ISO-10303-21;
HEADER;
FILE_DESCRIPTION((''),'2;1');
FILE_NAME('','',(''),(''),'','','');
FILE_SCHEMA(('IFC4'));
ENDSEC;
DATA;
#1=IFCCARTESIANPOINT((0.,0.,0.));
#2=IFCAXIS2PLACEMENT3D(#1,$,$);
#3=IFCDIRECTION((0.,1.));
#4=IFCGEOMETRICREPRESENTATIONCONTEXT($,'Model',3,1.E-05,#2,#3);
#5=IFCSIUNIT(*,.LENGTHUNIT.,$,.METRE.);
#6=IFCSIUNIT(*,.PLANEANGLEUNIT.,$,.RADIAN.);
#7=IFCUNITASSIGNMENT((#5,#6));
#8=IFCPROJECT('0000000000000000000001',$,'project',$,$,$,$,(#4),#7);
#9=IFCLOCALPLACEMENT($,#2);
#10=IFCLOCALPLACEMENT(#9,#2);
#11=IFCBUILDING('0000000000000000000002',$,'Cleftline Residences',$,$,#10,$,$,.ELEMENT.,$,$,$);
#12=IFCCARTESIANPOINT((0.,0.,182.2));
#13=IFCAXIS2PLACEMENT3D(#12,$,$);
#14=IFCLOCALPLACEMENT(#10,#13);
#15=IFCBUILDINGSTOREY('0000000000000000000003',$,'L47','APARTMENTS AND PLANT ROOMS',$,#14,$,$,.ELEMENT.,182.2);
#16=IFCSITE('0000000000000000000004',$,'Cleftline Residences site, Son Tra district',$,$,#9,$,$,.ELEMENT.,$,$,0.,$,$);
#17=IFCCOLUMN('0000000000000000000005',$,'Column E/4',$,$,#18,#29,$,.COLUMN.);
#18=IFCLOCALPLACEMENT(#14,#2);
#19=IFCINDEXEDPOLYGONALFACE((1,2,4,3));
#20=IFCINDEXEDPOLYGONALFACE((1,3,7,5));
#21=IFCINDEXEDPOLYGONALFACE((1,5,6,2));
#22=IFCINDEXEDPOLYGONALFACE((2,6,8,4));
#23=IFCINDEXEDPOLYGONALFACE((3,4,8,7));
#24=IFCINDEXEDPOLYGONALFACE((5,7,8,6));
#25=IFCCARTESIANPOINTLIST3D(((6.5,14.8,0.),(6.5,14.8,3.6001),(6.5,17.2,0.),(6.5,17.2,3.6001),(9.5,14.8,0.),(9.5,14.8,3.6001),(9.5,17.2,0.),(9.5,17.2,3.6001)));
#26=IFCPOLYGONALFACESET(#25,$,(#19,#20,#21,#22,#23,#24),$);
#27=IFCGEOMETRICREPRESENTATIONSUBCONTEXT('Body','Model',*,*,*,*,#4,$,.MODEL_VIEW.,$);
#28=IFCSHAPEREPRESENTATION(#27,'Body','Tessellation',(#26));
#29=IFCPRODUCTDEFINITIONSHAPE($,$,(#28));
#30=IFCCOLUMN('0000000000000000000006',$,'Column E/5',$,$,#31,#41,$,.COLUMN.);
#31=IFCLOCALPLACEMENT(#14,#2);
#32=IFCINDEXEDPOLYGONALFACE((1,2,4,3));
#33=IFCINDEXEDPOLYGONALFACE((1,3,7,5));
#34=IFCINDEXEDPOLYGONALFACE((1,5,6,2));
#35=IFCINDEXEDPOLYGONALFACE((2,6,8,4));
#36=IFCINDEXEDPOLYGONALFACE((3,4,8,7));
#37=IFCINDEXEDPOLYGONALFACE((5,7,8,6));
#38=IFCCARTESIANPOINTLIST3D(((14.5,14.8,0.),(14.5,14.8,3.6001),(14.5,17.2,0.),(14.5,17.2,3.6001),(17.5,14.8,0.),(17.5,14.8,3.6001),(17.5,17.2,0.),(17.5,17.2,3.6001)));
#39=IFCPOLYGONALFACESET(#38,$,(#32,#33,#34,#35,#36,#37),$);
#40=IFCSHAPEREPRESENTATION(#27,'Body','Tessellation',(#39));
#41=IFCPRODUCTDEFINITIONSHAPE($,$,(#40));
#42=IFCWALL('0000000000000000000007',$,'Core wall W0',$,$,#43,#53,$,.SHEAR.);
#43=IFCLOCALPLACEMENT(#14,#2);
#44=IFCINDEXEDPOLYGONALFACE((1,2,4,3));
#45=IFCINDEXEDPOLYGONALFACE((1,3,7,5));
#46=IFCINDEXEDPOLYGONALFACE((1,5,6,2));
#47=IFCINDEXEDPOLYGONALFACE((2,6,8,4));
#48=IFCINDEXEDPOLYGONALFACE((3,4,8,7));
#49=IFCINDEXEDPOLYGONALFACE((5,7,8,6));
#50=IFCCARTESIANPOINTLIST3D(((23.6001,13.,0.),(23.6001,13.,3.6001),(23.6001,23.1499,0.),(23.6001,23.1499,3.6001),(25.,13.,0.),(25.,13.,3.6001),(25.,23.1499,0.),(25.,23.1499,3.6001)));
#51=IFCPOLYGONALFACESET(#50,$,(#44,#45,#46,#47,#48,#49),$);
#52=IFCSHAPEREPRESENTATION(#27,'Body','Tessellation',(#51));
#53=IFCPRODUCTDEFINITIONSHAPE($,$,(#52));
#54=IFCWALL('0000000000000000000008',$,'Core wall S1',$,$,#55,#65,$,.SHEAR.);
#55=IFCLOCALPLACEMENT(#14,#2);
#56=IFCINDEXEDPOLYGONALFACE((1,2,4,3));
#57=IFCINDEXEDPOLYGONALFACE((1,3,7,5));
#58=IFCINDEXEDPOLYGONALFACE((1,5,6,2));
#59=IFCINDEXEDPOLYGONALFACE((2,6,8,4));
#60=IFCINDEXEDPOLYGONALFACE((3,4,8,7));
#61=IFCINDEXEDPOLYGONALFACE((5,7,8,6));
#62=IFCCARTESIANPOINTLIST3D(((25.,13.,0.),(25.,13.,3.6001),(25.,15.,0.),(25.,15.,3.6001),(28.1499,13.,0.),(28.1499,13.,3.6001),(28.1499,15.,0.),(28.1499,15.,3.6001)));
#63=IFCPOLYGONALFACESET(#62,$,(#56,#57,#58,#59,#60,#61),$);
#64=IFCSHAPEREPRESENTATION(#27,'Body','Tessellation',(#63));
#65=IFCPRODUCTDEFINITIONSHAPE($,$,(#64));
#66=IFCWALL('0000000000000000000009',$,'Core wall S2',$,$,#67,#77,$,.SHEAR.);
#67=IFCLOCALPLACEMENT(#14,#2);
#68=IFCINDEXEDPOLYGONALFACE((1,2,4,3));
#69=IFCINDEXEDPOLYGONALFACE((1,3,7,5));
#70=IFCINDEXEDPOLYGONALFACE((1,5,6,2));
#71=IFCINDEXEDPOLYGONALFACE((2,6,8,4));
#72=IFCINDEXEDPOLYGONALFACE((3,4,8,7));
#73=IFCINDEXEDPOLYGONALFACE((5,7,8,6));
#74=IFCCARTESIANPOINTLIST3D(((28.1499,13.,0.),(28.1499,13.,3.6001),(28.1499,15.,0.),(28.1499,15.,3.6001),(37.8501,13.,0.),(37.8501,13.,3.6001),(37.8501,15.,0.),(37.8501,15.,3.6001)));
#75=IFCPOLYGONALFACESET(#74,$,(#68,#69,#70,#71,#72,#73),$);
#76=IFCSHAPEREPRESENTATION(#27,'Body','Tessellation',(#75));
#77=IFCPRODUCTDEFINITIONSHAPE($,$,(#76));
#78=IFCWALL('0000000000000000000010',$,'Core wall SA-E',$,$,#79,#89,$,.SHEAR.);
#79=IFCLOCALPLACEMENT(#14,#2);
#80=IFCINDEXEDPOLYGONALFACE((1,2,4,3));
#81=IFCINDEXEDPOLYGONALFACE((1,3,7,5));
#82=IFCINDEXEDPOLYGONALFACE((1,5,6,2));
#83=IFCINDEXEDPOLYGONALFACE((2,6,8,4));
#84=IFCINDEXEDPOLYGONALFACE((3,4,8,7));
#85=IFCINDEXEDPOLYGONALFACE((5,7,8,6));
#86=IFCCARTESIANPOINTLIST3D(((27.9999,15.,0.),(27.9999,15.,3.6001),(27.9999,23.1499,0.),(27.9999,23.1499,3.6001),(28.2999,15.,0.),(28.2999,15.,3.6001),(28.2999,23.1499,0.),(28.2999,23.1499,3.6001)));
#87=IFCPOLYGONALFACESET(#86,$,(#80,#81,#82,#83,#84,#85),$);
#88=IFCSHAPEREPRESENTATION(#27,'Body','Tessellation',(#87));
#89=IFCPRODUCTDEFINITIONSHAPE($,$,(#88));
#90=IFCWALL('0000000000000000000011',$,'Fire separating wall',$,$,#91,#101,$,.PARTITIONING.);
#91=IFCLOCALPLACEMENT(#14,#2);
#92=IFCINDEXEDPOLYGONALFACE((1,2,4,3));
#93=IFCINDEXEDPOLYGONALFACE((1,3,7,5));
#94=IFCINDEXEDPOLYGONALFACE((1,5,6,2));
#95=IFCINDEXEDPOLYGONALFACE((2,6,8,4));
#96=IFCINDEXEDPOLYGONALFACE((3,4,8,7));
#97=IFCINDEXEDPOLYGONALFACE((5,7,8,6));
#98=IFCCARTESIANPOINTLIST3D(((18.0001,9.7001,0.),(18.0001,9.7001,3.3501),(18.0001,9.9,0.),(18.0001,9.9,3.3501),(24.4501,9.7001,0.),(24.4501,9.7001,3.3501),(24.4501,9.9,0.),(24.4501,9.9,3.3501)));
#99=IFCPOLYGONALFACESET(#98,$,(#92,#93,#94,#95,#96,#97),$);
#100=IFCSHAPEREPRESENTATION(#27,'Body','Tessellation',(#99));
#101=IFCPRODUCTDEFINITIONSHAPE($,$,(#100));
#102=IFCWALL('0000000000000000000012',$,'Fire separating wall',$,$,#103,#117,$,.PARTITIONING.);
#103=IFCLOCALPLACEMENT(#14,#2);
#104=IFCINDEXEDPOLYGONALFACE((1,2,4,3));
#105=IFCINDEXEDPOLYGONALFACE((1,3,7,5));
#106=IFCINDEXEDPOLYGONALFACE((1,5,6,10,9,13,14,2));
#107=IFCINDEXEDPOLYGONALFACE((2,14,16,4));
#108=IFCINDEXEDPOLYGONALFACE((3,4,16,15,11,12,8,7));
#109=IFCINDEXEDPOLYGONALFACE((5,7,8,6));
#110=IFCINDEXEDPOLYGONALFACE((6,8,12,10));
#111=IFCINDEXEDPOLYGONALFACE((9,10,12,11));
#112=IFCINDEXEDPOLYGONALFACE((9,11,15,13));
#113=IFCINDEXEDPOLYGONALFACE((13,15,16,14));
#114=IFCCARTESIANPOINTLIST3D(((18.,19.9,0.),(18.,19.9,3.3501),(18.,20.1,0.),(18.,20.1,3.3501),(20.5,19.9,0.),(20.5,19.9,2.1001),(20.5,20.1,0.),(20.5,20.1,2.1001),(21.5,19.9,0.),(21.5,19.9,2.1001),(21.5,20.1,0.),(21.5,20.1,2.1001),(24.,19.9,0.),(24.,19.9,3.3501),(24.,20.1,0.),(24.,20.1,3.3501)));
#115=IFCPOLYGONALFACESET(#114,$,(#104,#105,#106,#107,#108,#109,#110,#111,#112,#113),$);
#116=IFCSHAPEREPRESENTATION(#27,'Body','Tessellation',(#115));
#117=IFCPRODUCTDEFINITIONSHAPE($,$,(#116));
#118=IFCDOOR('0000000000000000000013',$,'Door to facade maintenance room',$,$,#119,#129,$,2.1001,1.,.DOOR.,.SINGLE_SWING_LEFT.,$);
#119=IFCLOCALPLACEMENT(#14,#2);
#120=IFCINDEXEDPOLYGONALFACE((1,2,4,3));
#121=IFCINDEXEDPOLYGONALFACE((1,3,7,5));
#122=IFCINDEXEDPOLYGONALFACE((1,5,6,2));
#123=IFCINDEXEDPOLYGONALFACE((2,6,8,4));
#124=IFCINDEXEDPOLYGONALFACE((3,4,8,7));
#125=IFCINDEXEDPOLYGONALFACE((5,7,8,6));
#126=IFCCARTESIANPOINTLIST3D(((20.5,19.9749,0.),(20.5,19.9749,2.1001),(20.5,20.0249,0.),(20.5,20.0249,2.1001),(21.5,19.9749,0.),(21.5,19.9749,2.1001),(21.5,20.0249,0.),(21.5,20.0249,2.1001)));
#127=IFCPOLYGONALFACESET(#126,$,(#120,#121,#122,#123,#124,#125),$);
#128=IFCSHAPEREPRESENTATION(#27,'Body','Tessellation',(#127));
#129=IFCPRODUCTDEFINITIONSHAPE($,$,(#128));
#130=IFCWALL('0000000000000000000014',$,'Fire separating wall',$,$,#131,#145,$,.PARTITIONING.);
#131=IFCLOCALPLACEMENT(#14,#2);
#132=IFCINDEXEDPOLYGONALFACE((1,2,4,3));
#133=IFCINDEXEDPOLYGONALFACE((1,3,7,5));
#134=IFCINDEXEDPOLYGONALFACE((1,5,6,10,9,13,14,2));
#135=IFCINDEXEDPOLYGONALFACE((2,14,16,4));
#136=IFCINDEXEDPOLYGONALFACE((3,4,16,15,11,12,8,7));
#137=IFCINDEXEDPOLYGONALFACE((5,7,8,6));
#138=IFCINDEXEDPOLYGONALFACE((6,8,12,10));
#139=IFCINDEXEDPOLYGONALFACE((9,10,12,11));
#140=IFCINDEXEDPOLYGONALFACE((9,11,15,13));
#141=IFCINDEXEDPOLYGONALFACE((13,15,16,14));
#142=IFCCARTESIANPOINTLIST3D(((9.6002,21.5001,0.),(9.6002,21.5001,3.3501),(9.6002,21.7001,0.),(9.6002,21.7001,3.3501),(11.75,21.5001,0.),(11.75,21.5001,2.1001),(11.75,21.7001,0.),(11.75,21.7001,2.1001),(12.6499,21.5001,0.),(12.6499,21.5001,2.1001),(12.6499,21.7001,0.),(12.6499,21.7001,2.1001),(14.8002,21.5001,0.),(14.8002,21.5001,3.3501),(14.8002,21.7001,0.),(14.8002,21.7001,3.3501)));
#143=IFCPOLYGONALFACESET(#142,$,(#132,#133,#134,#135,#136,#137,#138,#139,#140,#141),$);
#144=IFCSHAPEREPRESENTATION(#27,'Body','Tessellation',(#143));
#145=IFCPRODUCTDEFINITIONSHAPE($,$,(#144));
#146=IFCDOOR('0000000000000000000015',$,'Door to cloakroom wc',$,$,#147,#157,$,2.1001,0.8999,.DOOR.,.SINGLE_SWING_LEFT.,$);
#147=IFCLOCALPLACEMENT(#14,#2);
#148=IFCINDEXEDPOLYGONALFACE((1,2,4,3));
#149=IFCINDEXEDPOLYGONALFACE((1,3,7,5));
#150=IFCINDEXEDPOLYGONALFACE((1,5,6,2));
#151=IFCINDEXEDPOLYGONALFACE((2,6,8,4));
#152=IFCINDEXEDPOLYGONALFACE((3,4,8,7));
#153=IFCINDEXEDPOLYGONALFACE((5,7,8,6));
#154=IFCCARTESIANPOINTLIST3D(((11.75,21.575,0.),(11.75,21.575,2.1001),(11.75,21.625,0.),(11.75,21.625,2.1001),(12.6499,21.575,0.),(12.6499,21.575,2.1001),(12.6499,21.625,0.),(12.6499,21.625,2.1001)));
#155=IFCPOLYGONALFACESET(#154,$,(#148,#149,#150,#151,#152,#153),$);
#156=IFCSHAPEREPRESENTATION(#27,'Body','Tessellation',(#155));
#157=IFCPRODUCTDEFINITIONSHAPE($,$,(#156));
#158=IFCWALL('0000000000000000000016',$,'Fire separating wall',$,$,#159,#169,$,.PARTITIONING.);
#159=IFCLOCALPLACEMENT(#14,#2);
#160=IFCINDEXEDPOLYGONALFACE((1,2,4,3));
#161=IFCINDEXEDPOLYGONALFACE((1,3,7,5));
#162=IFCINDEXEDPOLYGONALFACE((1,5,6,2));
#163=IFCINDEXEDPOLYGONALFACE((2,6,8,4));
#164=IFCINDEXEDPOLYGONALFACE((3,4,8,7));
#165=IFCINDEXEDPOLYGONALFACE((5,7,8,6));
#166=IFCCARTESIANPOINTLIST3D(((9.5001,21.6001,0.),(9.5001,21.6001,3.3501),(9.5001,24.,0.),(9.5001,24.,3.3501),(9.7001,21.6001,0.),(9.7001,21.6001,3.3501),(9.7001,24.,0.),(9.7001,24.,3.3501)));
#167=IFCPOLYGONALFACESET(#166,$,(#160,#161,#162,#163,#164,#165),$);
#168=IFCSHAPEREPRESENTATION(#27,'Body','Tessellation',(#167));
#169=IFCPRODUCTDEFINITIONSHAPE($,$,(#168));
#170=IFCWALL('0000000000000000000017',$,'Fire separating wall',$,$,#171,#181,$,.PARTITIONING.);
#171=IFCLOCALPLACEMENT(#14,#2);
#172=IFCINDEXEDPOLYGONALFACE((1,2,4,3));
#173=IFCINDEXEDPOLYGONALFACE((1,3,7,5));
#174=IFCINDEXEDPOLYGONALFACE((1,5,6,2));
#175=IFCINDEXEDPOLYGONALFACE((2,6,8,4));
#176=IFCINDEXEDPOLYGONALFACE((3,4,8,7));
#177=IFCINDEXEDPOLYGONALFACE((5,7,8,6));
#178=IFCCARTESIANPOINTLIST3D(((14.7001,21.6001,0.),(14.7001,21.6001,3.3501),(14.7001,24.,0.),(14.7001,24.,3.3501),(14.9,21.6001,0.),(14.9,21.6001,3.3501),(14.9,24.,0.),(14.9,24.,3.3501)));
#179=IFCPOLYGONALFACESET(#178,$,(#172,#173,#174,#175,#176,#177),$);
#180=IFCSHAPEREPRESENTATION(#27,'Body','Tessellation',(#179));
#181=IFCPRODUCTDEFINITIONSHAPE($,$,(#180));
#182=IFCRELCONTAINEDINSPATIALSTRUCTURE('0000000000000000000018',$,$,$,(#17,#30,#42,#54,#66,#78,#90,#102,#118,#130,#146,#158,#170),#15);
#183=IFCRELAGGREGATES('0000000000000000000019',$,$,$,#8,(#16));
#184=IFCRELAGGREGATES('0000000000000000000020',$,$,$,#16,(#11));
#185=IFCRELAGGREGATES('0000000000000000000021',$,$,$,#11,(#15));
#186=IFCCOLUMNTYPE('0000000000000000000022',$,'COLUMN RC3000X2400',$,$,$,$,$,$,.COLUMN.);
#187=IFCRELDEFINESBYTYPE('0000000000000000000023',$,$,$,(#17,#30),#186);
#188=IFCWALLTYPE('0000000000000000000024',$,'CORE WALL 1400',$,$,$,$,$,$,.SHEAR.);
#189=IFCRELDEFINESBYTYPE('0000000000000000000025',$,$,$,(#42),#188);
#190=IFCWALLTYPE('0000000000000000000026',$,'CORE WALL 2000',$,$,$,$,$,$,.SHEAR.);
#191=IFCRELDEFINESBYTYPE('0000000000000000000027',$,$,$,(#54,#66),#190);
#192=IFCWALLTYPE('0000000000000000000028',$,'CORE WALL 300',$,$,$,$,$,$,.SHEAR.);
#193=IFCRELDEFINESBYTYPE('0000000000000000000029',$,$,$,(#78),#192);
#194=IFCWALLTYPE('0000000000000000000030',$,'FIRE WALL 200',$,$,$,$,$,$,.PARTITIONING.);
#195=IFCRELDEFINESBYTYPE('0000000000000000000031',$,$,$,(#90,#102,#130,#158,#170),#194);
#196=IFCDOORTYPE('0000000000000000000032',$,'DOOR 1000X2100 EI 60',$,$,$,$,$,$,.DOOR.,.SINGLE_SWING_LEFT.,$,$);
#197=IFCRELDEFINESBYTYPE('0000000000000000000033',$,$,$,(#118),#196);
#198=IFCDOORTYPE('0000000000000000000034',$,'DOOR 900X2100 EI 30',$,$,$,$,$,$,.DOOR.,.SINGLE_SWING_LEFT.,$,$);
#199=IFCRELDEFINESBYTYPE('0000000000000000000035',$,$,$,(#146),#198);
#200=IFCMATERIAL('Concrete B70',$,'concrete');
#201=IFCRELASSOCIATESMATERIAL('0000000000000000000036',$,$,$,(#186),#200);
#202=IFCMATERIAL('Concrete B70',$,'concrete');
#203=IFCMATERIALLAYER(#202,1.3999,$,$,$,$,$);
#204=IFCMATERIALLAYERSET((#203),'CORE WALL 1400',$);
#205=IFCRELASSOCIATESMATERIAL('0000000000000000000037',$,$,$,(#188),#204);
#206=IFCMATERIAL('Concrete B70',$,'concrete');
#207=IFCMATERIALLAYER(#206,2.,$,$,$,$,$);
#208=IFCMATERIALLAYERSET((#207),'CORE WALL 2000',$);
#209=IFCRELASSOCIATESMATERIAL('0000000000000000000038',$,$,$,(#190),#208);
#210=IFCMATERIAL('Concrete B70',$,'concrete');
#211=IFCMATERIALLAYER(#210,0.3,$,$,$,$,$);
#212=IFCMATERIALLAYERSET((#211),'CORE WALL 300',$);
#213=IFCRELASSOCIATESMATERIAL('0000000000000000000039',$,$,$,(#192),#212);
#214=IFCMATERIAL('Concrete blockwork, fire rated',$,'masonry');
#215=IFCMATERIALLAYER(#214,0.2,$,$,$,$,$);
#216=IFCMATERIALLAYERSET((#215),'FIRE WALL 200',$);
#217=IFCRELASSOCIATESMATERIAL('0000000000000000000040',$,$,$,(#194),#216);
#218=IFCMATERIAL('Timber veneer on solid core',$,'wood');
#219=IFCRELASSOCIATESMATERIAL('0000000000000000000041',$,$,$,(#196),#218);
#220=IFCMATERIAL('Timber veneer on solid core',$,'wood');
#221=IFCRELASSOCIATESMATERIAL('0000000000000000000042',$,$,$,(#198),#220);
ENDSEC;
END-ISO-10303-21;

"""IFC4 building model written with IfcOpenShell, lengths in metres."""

from ifc_helpers import new_model, si_unit, direction, frame, frame_2d, origin, origin_2d, place, context, subcontext, project, spatial, rectangle, extrude, material, layer, layer_set, material_profile, profile_set, type_object, element, fill, save


model = new_model("IFC4")

# Units and contexts
model_context = context("Model", 3, precision=1e-05, world=origin(), true_north=direction((0.0, 1.0)))
body_context = subcontext(model_context, "Body", "Model", "MODEL_VIEW")
ifc_project = project(units=[si_unit("LENGTHUNIT", "METRE"), si_unit("PLANEANGLEUNIT", "RADIAN")], contexts=[model_context])

# Site, building, storey
site_placement = place(None, origin())
site = spatial("IfcSite", under=ifc_project, at=site_placement, Name="Cleftline Residences site, Son Tra district", CompositionType="ELEMENT", RefElevation=0.0)
building_placement = place(site_placement, origin())
building = spatial("IfcBuilding", under=site, at=building_placement, Name="Cleftline Residences", CompositionType="ELEMENT")
storey_placement = place(building_placement, frame((0.0, 0.0, 182.2)))
storey = spatial("IfcBuildingStorey", under=building, at=storey_placement, Name="L47", Description="APARTMENTS AND PLANT ROOMS", CompositionType="ELEMENT", Elevation=182.2)

# Columns
ifc_material_1 = material(Name="Concrete B70", Category="concrete")
ifc_material_profile = material_profile(ifc_material_1, rectangle(XDim=3.0, YDim=2.3999, at=origin_2d()))
ifc_profile_set = profile_set([ifc_material_profile], Name="Concrete B70")
column_type = type_object("IfcColumnType", Name="COLUMN RC3000X2400", PredefinedType="COLUMN", material=ifc_profile_set)
for number, where, z_axis, x_axis, name in (
    (1, (8.0, 16.0, 0.0), (0.0, 0.0, 1.0), (1.0, 0.0, 0.0), "Column E/4"),
    (2, (16.0, 16.0, 0.0), (0.0, 0.0, 1.0), (1.0, 0.0, 0.0), "Column E/5"),
):
    element("IfcColumn", number, at=place(storey_placement, frame(where, z_axis=z_axis, x_axis=x_axis)), inside=storey, type_object=column_type, Name=name, PredefinedType="COLUMN", context=body_context, shape_type="SweptSolid", body=[
        extrude(rectangle(XDim=3.0, YDim=2.3999, at=origin_2d()), origin(), (0.0, 0.0, 1.0), 3.6001),
    ])

# Walls
ifc_material_2 = material(Name="Concrete B70", Category="concrete")
ifc_layer_1 = layer(ifc_material_2, 1.3999)
ifc_layer_set_1 = layer_set([ifc_layer_1], Name="CORE WALL 1400")
wall_type_1 = type_object("IfcWallType", Name="CORE WALL 1400", PredefinedType="SHEAR", material=ifc_layer_set_1)
wall_1_placement = place(storey_placement, frame((24.3, 13.0, 0.0), z_axis=(0.0, 0.0, 1.0), x_axis=(0.0, 1.0, 0.0)))
element("IfcWall", 3, at=wall_1_placement, inside=storey, type_object=wall_type_1, Name="Core wall W0", PredefinedType="SHEAR", context=body_context, shape_type="SweptSolid", body=[
    extrude(rectangle(XDim=10.1499, YDim=1.3999, at=frame_2d((5.075, 0.0))), origin(), (0.0, 0.0, 1.0), 3.6001),
])
ifc_material_3 = material(Name="Concrete B70", Category="concrete")
ifc_layer_2 = layer(ifc_material_3, 2.0)
ifc_layer_set_2 = layer_set([ifc_layer_2], Name="CORE WALL 2000")
wall_type_2 = type_object("IfcWallType", Name="CORE WALL 2000", PredefinedType="SHEAR", material=ifc_layer_set_2)
wall_2_placement = place(storey_placement, frame((25.0, 14.0, 0.0), z_axis=(0.0, 0.0, 1.0), x_axis=(1.0, 0.0, 0.0)))
element("IfcWall", 4, at=wall_2_placement, inside=storey, type_object=wall_type_2, Name="Core wall S1", PredefinedType="SHEAR", context=body_context, shape_type="SweptSolid", body=[
    extrude(rectangle(XDim=3.1499, YDim=2.0, at=frame_2d((1.575, 0.0))), origin(), (0.0, 0.0, 1.0), 3.6001),
])
wall_3_placement = place(storey_placement, frame((28.1499, 14.0, 0.0), z_axis=(0.0, 0.0, 1.0), x_axis=(1.0, 0.0, 0.0)))
element("IfcWall", 5, at=wall_3_placement, inside=storey, type_object=wall_type_2, Name="Core wall S2", PredefinedType="SHEAR", context=body_context, shape_type="SweptSolid", body=[
    extrude(rectangle(XDim=9.7002, YDim=2.0, at=frame_2d((4.8501, 0.0))), origin(), (0.0, 0.0, 1.0), 3.6001),
])
ifc_material_4 = material(Name="Concrete B70", Category="concrete")
ifc_layer_3 = layer(ifc_material_4, 0.3)
ifc_layer_set_3 = layer_set([ifc_layer_3], Name="CORE WALL 300")
wall_type_3 = type_object("IfcWallType", Name="CORE WALL 300", PredefinedType="SHEAR", material=ifc_layer_set_3)
wall_4_placement = place(storey_placement, frame((28.1499, 15.0, 0.0), z_axis=(0.0, 0.0, 1.0), x_axis=(0.0, 1.0, 0.0)))
element("IfcWall", 6, at=wall_4_placement, inside=storey, type_object=wall_type_3, Name="Core wall SA-E", PredefinedType="SHEAR", context=body_context, shape_type="SweptSolid", body=[
    extrude(rectangle(XDim=8.1499, YDim=0.3, at=frame_2d((4.075, 0.0))), origin(), (0.0, 0.0, 1.0), 3.6001),
])
ifc_material_5 = material(Name="Concrete blockwork, fire rated", Category="masonry")
ifc_layer_4 = layer(ifc_material_5, 0.2)
ifc_layer_set_4 = layer_set([ifc_layer_4], Name="FIRE WALL 200")
wall_type_4 = type_object("IfcWallType", Name="FIRE WALL 200", PredefinedType="PARTITIONING", material=ifc_layer_set_4)
wall_5_placement = place(storey_placement, frame((18.0, 9.8, 0.0), z_axis=(0.0, 0.0, 1.0), x_axis=(1.0, 0.0, 0.0)))
element("IfcWall", 7, at=wall_5_placement, inside=storey, type_object=wall_type_4, Name="Fire separating wall", PredefinedType="PARTITIONING", context=body_context, shape_type="SweptSolid", body=[
    extrude(rectangle(XDim=6.45, YDim=0.2, at=frame_2d((3.2251, 0.0))), origin(), (0.0, 0.0, 1.0), 3.3501),
])

# Walls, openings, doors
wall_6_placement = place(storey_placement, frame((18.0, 20.0, 0.0), z_axis=(0.0, 0.0, 1.0), x_axis=(1.0, 0.0, 0.0)))
wall_6 = element("IfcWall", 8, at=wall_6_placement, inside=storey, type_object=wall_type_4, Name="Fire separating wall", PredefinedType="PARTITIONING", context=body_context, shape_type="SweptSolid", body=[
    extrude(rectangle(XDim=6.0, YDim=0.2, at=frame_2d((3.0, 0.0))), origin(), (0.0, 0.0, 1.0), 3.3501),
])
opening_1_placement = place(wall_6_placement, frame((2.5, 0.0, 0.0)))
opening_1 = element("IfcOpeningElement", 9, at=opening_1_placement, cuts=wall_6, PredefinedType="OPENING", context=body_context, shape_type="SweptSolid", body=[
    extrude(rectangle(XDim=1.0, YDim=2.1001, at=frame_2d((0.5, 1.05))), frame((0.0, 0.1099, 0.0), z_axis=(0.0, -1.0, 0.0), x_axis=(1.0, 0.0, 0.0)), (0.0, 0.0, 1.0), 0.22),
])
ifc_material_6 = material(Name="Timber veneer on solid core", Category="wood")
door_type_1 = type_object("IfcDoorType", Name="DOOR 1000X2100 EI 60", OperationType="SINGLE_SWING_LEFT", PredefinedType="DOOR", material=ifc_material_6)
door_1_placement = place(opening_1_placement, origin())
door_1 = element("IfcDoor", 10, at=door_1_placement, inside=storey, type_object=door_type_1, Name="Door to facade maintenance room", OperationType="SINGLE_SWING_LEFT", OverallHeight=2.1001, OverallWidth=1.0, PredefinedType="DOOR", context=body_context, shape_type="SweptSolid", body=[
    extrude(rectangle(XDim=1.0, YDim=2.1001, at=frame_2d((0.5, 1.05))), frame((0.0, 0.0249, 0.0), z_axis=(0.0, -1.0, 0.0), x_axis=(1.0, 0.0, 0.0)), (0.0, 0.0, 1.0), 0.05),
])
fill(opening_1, door_1)
wall_7_placement = place(storey_placement, frame((9.6001, 21.6001, 0.0), z_axis=(0.0, 0.0, 1.0), x_axis=(1.0, 0.0, 0.0)))
wall_7 = element("IfcWall", 11, at=wall_7_placement, inside=storey, type_object=wall_type_4, Name="Fire separating wall", PredefinedType="PARTITIONING", context=body_context, shape_type="SweptSolid", body=[
    extrude(rectangle(XDim=5.2, YDim=0.2, at=frame_2d((2.6001, 0.0))), origin(), (0.0, 0.0, 1.0), 3.3501),
])
opening_2_placement = place(wall_7_placement, frame((2.1499, 0.0, 0.0)))
opening_2 = element("IfcOpeningElement", 12, at=opening_2_placement, cuts=wall_7, PredefinedType="OPENING", context=body_context, shape_type="SweptSolid", body=[
    extrude(rectangle(XDim=0.8999, YDim=2.1001, at=frame_2d((0.45, 1.05))), frame((0.0, 0.1099, 0.0), z_axis=(0.0, -1.0, 0.0), x_axis=(1.0, 0.0, 0.0)), (0.0, 0.0, 1.0), 0.22),
])
ifc_material_7 = material(Name="Timber veneer on solid core", Category="wood")
door_type_2 = type_object("IfcDoorType", Name="DOOR 900X2100 EI 30", OperationType="SINGLE_SWING_LEFT", PredefinedType="DOOR", material=ifc_material_7)
door_2_placement = place(opening_2_placement, origin())
door_2 = element("IfcDoor", 13, at=door_2_placement, inside=storey, type_object=door_type_2, Name="Door to cloakroom wc", OperationType="SINGLE_SWING_LEFT", OverallHeight=2.1001, OverallWidth=0.8999, PredefinedType="DOOR", context=body_context, shape_type="SweptSolid", body=[
    extrude(rectangle(XDim=0.8999, YDim=2.1001, at=frame_2d((0.45, 1.05))), frame((0.0, 0.0249, 0.0), z_axis=(0.0, -1.0, 0.0), x_axis=(1.0, 0.0, 0.0)), (0.0, 0.0, 1.0), 0.05),
])
fill(opening_2, door_2)

# Walls
for number, where, z_axis, x_axis, name in (
    (14, (9.6001, 21.6001, 0.0), (0.0, 0.0, 1.0), (0.0, 1.0, 0.0), "Fire separating wall"),
    (15, (14.8, 21.6001, 0.0), (0.0, 0.0, 1.0), (0.0, 1.0, 0.0), "Fire separating wall"),
):
    element("IfcWall", number, at=place(storey_placement, frame(where, z_axis=z_axis, x_axis=x_axis)), inside=storey, type_object=wall_type_4, Name=name, PredefinedType="PARTITIONING", context=body_context, shape_type="SweptSolid", body=[
        extrude(rectangle(XDim=2.3999, YDim=0.2, at=frame_2d((1.2, 0.0))), origin(), (0.0, 0.0, 1.0), 3.3501),
    ])

save(model, "model.ifc")
